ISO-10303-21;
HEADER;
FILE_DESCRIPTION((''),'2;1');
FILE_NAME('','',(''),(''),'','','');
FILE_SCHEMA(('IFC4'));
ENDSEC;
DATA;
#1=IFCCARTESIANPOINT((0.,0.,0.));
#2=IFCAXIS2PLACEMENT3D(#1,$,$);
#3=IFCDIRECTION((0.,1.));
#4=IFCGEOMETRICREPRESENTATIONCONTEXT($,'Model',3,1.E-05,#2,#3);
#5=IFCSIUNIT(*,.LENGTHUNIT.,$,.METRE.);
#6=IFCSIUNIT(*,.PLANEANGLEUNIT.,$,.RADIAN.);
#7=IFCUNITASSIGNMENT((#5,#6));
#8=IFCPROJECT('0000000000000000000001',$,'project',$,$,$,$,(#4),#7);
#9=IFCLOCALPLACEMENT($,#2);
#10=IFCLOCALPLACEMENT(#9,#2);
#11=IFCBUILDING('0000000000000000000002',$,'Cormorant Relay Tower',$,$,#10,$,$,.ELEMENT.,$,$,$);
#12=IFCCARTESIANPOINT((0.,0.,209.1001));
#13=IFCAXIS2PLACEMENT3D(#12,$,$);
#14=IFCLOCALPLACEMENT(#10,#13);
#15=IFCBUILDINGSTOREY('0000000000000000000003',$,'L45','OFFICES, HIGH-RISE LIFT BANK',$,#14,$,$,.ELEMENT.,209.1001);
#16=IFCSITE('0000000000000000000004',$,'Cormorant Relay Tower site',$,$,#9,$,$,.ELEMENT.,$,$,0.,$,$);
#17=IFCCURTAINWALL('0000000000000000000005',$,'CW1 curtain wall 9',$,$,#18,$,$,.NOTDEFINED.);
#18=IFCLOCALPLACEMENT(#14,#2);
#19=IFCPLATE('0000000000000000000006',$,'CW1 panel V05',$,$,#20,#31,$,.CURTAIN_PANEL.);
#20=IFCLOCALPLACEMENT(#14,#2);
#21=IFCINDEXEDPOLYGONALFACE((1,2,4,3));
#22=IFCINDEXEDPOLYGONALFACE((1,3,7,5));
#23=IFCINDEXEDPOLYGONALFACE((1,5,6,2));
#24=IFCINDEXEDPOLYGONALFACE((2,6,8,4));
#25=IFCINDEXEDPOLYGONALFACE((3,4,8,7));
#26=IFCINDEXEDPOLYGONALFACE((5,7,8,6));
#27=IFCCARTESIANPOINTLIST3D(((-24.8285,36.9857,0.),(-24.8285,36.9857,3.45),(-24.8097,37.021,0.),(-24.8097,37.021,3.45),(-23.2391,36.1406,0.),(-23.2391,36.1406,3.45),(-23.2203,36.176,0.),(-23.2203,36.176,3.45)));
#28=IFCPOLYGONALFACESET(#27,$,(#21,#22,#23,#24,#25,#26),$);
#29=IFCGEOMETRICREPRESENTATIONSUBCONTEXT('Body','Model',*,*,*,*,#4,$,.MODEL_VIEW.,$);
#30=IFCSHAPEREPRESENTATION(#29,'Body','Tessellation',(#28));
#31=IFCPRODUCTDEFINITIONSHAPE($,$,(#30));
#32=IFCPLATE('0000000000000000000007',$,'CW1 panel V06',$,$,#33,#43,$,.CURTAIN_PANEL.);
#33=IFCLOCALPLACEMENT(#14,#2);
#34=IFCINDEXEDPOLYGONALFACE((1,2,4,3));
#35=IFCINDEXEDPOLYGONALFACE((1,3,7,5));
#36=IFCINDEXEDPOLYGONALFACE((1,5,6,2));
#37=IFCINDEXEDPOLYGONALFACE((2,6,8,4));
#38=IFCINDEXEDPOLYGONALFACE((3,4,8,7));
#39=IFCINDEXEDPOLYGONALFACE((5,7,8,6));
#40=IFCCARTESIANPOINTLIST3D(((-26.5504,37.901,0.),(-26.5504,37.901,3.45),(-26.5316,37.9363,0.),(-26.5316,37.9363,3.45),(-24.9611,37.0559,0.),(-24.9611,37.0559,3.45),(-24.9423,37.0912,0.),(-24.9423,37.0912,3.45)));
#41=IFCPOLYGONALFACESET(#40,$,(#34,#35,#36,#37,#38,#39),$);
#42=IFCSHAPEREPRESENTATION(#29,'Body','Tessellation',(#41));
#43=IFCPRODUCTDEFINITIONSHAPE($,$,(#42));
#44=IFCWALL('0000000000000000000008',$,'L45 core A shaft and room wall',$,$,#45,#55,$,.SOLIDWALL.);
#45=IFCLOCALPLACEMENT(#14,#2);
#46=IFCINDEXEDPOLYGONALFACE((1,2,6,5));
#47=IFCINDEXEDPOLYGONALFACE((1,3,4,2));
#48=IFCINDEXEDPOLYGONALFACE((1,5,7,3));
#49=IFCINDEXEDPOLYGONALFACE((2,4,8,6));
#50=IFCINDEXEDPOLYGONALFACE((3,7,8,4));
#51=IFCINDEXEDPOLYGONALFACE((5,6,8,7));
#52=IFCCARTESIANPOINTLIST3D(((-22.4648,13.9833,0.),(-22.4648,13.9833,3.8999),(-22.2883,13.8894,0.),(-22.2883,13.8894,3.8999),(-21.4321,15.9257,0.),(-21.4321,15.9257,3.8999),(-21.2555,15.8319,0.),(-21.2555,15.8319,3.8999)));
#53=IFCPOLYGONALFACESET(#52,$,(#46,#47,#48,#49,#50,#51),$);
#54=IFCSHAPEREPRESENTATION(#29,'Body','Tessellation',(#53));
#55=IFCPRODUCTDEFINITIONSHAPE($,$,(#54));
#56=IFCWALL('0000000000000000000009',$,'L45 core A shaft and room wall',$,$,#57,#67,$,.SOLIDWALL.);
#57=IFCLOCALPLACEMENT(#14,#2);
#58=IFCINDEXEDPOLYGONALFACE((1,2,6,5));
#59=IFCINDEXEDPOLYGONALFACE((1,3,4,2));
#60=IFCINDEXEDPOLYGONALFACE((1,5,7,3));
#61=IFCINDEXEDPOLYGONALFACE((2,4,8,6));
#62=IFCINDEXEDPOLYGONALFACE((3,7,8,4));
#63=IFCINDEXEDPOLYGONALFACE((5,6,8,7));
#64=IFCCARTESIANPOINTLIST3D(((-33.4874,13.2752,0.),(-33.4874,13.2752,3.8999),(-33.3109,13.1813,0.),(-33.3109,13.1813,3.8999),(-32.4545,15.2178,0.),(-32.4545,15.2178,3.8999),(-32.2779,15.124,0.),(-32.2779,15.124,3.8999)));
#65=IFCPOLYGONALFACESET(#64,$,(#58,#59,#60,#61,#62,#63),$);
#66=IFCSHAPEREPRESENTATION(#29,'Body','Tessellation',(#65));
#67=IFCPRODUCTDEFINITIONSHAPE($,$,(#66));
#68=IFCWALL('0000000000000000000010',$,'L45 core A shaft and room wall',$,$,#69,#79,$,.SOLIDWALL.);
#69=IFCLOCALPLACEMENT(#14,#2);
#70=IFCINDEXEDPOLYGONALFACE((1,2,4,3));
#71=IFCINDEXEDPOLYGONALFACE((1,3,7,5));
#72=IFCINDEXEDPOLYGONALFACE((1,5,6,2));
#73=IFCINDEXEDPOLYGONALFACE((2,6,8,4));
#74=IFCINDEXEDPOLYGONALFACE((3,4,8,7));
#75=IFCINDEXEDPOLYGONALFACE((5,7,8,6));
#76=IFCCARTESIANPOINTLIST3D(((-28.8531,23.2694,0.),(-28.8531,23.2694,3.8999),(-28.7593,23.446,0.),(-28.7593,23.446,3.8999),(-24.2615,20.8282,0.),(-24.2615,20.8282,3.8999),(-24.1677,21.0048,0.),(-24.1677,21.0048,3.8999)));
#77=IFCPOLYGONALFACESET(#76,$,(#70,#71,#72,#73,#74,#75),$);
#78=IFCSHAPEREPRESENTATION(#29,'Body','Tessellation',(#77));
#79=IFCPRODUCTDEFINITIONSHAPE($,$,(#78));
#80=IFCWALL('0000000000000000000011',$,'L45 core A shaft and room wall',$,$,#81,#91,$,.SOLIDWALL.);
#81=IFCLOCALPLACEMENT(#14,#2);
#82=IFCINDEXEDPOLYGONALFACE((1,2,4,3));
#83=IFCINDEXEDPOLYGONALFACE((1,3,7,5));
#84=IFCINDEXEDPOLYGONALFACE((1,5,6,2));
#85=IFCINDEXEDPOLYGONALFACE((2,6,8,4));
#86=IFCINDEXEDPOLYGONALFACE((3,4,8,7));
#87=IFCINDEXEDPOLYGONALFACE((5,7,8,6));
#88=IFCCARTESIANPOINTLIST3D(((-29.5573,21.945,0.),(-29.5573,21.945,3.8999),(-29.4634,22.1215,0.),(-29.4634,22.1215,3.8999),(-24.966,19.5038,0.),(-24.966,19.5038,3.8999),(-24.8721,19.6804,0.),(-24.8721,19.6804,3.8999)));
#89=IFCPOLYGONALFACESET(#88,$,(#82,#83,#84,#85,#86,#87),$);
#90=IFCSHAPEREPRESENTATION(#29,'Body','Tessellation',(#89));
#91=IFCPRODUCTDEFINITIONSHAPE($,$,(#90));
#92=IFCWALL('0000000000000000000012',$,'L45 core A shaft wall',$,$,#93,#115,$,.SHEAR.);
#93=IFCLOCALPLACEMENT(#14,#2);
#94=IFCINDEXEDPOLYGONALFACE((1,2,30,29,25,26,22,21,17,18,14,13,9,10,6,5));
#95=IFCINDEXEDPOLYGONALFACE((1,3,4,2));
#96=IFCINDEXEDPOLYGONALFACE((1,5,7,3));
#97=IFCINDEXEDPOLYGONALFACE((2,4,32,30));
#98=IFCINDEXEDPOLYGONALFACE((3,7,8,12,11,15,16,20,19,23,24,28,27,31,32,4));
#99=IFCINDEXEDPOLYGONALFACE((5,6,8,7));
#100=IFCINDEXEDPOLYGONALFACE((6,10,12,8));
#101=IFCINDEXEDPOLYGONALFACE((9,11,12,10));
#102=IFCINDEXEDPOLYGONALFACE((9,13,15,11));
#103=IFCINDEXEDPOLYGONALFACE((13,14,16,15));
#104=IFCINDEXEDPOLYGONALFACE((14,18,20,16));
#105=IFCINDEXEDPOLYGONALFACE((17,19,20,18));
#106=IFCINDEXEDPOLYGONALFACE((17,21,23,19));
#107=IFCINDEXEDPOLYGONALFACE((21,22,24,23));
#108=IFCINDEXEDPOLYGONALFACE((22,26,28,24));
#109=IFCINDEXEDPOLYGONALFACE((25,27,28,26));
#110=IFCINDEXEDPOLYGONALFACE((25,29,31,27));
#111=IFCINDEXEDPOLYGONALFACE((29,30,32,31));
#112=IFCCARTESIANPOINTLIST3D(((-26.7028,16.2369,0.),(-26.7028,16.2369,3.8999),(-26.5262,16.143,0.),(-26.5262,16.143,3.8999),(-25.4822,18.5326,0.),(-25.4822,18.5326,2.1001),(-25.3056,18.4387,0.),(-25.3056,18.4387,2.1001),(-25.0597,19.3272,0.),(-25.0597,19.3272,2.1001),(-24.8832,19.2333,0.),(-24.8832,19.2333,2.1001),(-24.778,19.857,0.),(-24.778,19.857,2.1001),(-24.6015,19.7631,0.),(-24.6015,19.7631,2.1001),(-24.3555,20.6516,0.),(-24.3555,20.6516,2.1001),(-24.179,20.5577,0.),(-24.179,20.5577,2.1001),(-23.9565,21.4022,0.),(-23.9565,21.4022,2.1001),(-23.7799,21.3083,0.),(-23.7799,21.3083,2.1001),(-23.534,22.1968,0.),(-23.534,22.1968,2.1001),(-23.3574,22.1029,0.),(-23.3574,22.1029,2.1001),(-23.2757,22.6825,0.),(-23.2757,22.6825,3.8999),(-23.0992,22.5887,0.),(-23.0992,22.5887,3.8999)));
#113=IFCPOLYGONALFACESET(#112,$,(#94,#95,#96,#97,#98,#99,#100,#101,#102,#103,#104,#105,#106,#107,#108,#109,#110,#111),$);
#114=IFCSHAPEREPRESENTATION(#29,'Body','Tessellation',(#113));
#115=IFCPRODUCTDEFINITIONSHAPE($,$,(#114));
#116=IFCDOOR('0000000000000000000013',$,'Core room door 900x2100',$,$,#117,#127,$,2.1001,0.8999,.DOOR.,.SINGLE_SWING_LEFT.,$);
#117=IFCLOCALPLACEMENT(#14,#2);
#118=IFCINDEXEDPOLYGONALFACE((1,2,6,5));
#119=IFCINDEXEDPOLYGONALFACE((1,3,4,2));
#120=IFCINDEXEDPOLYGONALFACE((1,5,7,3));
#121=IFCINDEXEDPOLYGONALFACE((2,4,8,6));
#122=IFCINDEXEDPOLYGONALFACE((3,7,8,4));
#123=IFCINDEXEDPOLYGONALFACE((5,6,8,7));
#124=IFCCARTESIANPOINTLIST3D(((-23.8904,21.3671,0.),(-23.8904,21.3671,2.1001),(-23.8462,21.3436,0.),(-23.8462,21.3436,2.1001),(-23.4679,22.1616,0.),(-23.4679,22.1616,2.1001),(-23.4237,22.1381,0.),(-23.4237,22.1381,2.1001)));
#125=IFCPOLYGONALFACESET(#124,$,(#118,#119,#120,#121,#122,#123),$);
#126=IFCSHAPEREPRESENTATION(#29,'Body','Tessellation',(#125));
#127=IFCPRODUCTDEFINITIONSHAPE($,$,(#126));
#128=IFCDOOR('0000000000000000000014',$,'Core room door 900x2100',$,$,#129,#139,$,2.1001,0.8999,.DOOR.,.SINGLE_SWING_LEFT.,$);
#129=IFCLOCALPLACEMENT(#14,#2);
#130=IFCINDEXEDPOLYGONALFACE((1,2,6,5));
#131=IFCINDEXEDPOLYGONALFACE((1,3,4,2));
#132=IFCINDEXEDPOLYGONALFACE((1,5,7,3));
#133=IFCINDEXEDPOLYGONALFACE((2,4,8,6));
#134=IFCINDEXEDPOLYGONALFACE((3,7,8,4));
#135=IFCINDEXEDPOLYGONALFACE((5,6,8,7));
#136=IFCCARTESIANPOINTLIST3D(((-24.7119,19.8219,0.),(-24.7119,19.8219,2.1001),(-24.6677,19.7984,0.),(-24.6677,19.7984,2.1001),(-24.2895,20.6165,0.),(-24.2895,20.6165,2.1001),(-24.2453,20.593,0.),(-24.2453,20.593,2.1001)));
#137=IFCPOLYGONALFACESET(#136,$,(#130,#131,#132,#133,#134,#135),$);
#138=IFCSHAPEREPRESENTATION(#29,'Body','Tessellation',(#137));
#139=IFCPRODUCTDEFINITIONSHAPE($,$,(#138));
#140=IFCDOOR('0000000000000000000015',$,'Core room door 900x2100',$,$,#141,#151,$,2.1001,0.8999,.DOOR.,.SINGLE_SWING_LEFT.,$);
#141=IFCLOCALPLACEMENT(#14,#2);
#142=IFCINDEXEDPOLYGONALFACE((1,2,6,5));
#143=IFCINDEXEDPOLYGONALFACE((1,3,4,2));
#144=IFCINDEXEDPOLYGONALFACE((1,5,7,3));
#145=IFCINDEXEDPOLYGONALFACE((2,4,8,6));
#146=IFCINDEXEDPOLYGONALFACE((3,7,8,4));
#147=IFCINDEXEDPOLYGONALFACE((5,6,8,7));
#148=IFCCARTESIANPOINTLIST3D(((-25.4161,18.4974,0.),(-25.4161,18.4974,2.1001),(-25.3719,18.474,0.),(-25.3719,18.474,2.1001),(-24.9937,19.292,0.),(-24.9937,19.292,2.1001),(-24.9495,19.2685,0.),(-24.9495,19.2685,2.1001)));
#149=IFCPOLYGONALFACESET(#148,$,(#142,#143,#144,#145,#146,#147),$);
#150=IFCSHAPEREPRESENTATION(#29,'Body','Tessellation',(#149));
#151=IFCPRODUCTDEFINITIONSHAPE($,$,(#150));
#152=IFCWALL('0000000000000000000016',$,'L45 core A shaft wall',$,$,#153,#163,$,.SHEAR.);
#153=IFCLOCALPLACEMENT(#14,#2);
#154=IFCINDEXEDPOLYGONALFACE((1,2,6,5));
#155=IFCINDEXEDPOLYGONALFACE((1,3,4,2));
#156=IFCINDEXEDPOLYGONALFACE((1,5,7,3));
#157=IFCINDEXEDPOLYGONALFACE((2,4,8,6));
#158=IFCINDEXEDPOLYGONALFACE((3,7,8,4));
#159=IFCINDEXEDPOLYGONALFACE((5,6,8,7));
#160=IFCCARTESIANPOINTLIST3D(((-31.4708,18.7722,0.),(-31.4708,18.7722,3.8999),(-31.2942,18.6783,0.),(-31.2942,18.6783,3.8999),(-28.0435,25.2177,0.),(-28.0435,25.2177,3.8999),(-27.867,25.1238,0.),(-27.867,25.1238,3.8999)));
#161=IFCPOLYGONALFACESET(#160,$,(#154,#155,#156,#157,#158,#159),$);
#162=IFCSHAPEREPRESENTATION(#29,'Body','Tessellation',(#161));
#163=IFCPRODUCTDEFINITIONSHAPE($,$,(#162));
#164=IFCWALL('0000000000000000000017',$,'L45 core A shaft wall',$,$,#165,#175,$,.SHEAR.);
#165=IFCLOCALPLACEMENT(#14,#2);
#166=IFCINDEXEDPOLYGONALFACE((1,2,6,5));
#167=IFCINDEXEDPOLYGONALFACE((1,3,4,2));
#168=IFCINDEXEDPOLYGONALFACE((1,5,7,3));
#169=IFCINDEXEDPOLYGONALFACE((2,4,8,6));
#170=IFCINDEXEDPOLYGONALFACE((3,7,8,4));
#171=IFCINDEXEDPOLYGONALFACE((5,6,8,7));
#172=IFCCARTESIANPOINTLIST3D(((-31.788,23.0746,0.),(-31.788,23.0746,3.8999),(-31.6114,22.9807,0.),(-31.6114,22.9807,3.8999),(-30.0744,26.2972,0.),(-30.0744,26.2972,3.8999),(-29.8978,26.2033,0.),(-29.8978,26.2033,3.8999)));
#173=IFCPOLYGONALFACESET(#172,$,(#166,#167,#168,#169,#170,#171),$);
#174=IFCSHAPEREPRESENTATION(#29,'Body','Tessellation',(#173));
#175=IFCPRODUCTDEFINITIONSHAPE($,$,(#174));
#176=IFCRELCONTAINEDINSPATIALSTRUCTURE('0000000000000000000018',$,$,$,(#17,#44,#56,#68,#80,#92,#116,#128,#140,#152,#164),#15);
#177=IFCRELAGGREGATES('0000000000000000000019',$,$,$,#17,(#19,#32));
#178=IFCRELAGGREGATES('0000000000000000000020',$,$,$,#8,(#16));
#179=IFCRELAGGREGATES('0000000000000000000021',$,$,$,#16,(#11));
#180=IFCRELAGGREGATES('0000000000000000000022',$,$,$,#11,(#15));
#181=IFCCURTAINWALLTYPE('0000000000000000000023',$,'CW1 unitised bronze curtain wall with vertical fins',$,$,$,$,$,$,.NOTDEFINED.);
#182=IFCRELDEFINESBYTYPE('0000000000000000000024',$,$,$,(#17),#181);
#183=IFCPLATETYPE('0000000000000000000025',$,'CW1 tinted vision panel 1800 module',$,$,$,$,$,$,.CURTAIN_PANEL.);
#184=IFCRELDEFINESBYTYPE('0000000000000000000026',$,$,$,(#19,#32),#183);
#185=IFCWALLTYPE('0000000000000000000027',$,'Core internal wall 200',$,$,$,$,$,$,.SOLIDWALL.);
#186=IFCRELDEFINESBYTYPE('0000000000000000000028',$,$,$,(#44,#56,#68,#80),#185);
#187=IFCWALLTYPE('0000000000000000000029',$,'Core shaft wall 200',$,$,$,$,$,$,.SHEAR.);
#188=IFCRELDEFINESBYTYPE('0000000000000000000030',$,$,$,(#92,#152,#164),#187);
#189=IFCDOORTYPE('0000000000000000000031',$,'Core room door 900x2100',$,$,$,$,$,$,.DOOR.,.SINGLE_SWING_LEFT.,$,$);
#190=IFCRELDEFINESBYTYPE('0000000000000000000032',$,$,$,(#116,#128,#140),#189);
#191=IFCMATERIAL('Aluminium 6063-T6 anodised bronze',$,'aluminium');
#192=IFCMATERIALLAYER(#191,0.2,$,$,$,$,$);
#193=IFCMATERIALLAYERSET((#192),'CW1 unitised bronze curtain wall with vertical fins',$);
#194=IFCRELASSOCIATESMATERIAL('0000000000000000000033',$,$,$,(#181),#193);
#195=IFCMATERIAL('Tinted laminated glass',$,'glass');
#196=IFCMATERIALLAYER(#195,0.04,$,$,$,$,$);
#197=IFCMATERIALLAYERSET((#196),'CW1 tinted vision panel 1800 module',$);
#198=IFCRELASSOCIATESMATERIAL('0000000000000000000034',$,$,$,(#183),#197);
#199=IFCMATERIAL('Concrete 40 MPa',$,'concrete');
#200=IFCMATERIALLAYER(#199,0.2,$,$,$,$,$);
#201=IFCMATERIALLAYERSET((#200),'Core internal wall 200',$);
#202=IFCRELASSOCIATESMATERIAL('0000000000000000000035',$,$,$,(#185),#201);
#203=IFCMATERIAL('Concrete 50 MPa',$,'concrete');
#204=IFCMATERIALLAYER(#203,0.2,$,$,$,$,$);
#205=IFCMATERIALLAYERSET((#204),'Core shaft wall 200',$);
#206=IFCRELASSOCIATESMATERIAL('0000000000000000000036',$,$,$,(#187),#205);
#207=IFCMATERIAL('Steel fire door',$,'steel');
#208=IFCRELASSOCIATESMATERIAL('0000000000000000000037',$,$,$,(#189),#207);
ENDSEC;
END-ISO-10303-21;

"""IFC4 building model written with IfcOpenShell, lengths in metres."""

from ifc_helpers import new_model, si_unit, direction, frame, frame_2d, origin, origin_2d, place, context, subcontext, project, spatial, rectangle, extrude, material, layer, layer_set, type_object, element, fill, aggregate, save


model = new_model("IFC4")

# Units and contexts
model_context = context("Model", 3, precision=1e-05, world=origin(), true_north=direction((0.0, 1.0)))
body_context = subcontext(model_context, "Body", "Model", "MODEL_VIEW")
ifc_project = project(units=[si_unit("LENGTHUNIT", "METRE"), si_unit("PLANEANGLEUNIT", "RADIAN")], contexts=[model_context])

# Site, building, storey
site_placement = place(None, origin())
site = spatial("IfcSite", under=ifc_project, at=site_placement, Name="Cormorant Relay Tower site", CompositionType="ELEMENT", RefElevation=0.0)
building_placement = place(site_placement, origin())
building = spatial("IfcBuilding", under=site, at=building_placement, Name="Cormorant Relay Tower", CompositionType="ELEMENT")
storey_placement = place(building_placement, frame((0.0, 0.0, 209.1001)))
storey = spatial("IfcBuildingStorey", under=building, at=storey_placement, Name="L45", Description="OFFICES, HIGH-RISE LIFT BANK", CompositionType="ELEMENT", Elevation=209.1001)

# Curtain wall
ifc_material_1 = material(Name="Aluminium 6063-T6 anodised bronze", Category="aluminium")
ifc_layer_1 = layer(ifc_material_1, 0.2)
ifc_layer_set_1 = layer_set([ifc_layer_1], Name="CW1 unitised bronze curtain wall with vertical fins")
curtain_wall_type = type_object("IfcCurtainWallType", Name="CW1 unitised bronze curtain wall with vertical fins", PredefinedType="NOTDEFINED", material=ifc_layer_set_1)
curtain_wall_1_placement = place(storey_placement, origin())
curtain_wall_1 = element("IfcCurtainWall", 1, at=curtain_wall_1_placement, inside=storey, type_object=curtain_wall_type, Name="CW1 curtain wall 9", PredefinedType="NOTDEFINED")

# Plates
ifc_material_2 = material(Name="Tinted laminated glass", Category="glass")
ifc_layer_2 = layer(ifc_material_2, 0.04)
ifc_layer_set_2 = layer_set([ifc_layer_2], Name="CW1 tinted vision panel 1800 module")
plate_type = type_object("IfcPlateType", Name="CW1 tinted vision panel 1800 module", PredefinedType="CURTAIN_PANEL", material=ifc_layer_set_2)
plate_1_placement = place(storey_placement, frame((-24.0244, 36.5808, 0.0), z_axis=(0.0, 0.0, 1.0), x_axis=(-0.882948, 0.469472, 0.0)))
plate_1 = element("IfcPlate", 2, at=plate_1_placement, type_object=plate_type, Name="CW1 panel V05", PredefinedType="CURTAIN_PANEL", context=body_context, shape_type="SweptSolid", body=[
    extrude(rectangle(XDim=1.8, YDim=0.04, at=origin_2d()), origin(), (0.0, 0.0, 1.0), 3.45),
])
plate_2_placement = place(storey_placement, frame((-25.7463, 37.4961, 0.0), z_axis=(0.0, 0.0, 1.0), x_axis=(-0.882948, 0.469472, 0.0)))
plate_2 = element("IfcPlate", 3, at=plate_2_placement, type_object=plate_type, Name="CW1 panel V06", PredefinedType="CURTAIN_PANEL", context=body_context, shape_type="SweptSolid", body=[
    extrude(rectangle(XDim=1.8, YDim=0.04, at=origin_2d()), origin(), (0.0, 0.0, 1.0), 3.45),
])

# Walls
ifc_material_3 = material(Name="Concrete 40 MPa", Category="concrete")
ifc_layer_3 = layer(ifc_material_3, 0.2)
ifc_layer_set_3 = layer_set([ifc_layer_3], Name="Core internal wall 200")
wall_type_1 = type_object("IfcWallType", Name="Core internal wall 200", PredefinedType="SOLIDWALL", material=ifc_layer_set_3)
wall_1_placement = place(storey_placement, frame((-21.3438, 15.8789, 0.0), z_axis=(0.0, 0.0, 1.0), x_axis=(-0.469447, -0.88296, 0.0)))
element("IfcWall", 4, at=wall_1_placement, inside=storey, type_object=wall_type_1, Name="L45 core A shaft and room wall", PredefinedType="SOLIDWALL", context=body_context, shape_type="SweptSolid", body=[
    extrude(rectangle(XDim=2.2, YDim=0.2, at=frame_2d((1.1001, 0.0))), origin(), (0.0, 0.0, 1.0), 3.8999),
])
wall_2_placement = place(storey_placement, frame((-32.3662, 15.1709, 0.0), z_axis=(0.0, 0.0, 1.0), x_axis=(-0.469488, -0.882939, 0.0)))
element("IfcWall", 5, at=wall_2_placement, inside=storey, type_object=wall_type_1, Name="L45 core A shaft and room wall", PredefinedType="SOLIDWALL", context=body_context, shape_type="SweptSolid", body=[
    extrude(rectangle(XDim=2.2002, YDim=0.2, at=frame_2d((1.1001, 0.0))), origin(), (0.0, 0.0, 1.0), 3.8999),
])
wall_3_placement = place(storey_placement, frame((-24.2146, 20.9165, 0.0), z_axis=(0.0, 0.0, 1.0), x_axis=(-0.882964, 0.46944, 0.0)))
element("IfcWall", 6, at=wall_3_placement, inside=storey, type_object=wall_type_1, Name="L45 core A shaft and room wall", PredefinedType="SOLIDWALL", context=body_context, shape_type="SweptSolid", body=[
    extrude(rectangle(XDim=5.2002, YDim=0.2, at=frame_2d((2.6001, 0.0))), origin(), (0.0, 0.0, 1.0), 3.8999),
])
wall_4_placement = place(storey_placement, frame((-24.9189, 19.592, 0.0), z_axis=(0.0, 0.0, 1.0), x_axis=(-0.882954, 0.46946, 0.0)))
element("IfcWall", 7, at=wall_4_placement, inside=storey, type_object=wall_type_1, Name="L45 core A shaft and room wall", PredefinedType="SOLIDWALL", context=body_context, shape_type="SweptSolid", body=[
    extrude(rectangle(XDim=5.2, YDim=0.2, at=frame_2d((2.6001, 0.0))), origin(), (0.0, 0.0, 1.0), 3.8999),
])

# Wall, openings, doors
ifc_material_4 = material(Name="Concrete 50 MPa", Category="concrete")
ifc_layer_4 = layer(ifc_material_4, 0.2)
ifc_layer_set_4 = layer_set([ifc_layer_4], Name="Core shaft wall 200")
wall_type_2 = type_object("IfcWallType", Name="Core shaft wall 200", PredefinedType="SHEAR", material=ifc_layer_set_4)
wall_5_placement = place(storey_placement, frame((-23.1875, 22.6355, 0.0), z_axis=(0.0, 0.0, 1.0), x_axis=(-0.469454, -0.882957, 0.0)))
wall_5 = element("IfcWall", 8, at=wall_5_placement, inside=storey, type_object=wall_type_2, Name="L45 core A shaft wall", PredefinedType="SHEAR", context=body_context, shape_type="SweptSolid", body=[
    extrude(rectangle(XDim=7.3, YDim=0.2, at=frame_2d((3.6499, 0.0))), origin(), (0.0, 0.0, 1.0), 3.8999),
])
opening_1_placement = place(wall_5_placement, frame((0.55, 0.0, 0.0)))
opening_1 = element("IfcOpeningElement", 9, at=opening_1_placement, cuts=wall_5, PredefinedType="OPENING", context=body_context, shape_type="SweptSolid", body=[
    extrude(rectangle(XDim=0.8999, YDim=2.1001, at=frame_2d((0.45, 1.05))), frame((0.0, 0.1099, 0.0), z_axis=(0.0, -1.0, 0.0), x_axis=(1.0, 0.0, 0.0)), (0.0, 0.0, 1.0), 0.22),
])
opening_2_placement = place(wall_5_placement, frame((2.3, 0.0, 0.0)))
opening_2 = element("IfcOpeningElement", 10, at=opening_2_placement, cuts=wall_5, PredefinedType="OPENING", context=body_context, shape_type="SweptSolid", body=[
    extrude(rectangle(XDim=0.8999, YDim=2.1001, at=frame_2d((0.45, 1.05))), frame((0.0, 0.1099, 0.0), z_axis=(0.0, -1.0, 0.0), x_axis=(1.0, 0.0, 0.0)), (0.0, 0.0, 1.0), 0.22),
])
opening_3_placement = place(wall_5_placement, frame((3.8, 0.0, 0.0)))
opening_3 = element("IfcOpeningElement", 11, at=opening_3_placement, cuts=wall_5, PredefinedType="OPENING", context=body_context, shape_type="SweptSolid", body=[
    extrude(rectangle(XDim=0.8999, YDim=2.1001, at=frame_2d((0.45, 1.05))), frame((0.0, 0.1099, 0.0), z_axis=(0.0, -1.0, 0.0), x_axis=(1.0, 0.0, 0.0)), (0.0, 0.0, 1.0), 0.22),
])
ifc_material_5 = material(Name="Steel fire door", Category="steel")
door_type_1 = type_object("IfcDoorType", Name="Core room door 900x2100", OperationType="SINGLE_SWING_LEFT", PredefinedType="DOOR", material=ifc_material_5)
door_1_placement = place(opening_1_placement, origin())
door_1 = element("IfcDoor", 12, at=door_1_placement, inside=storey, type_object=door_type_1, Name="Core room door 900x2100", OperationType="SINGLE_SWING_LEFT", OverallHeight=2.1001, OverallWidth=0.8999, PredefinedType="DOOR", context=body_context, shape_type="SweptSolid", body=[
    extrude(rectangle(XDim=0.8999, YDim=2.1001, at=frame_2d((0.45, 1.05))), frame((0.0, 0.0249, 0.0), z_axis=(0.0, -1.0, 0.0), x_axis=(1.0, 0.0, 0.0)), (0.0, 0.0, 1.0), 0.05),
])
fill(opening_1, door_1)
door_2_placement = place(opening_2_placement, origin())
door_2 = element("IfcDoor", 13, at=door_2_placement, inside=storey, type_object=door_type_1, Name="Core room door 900x2100", OperationType="SINGLE_SWING_LEFT", OverallHeight=2.1001, OverallWidth=0.8999, PredefinedType="DOOR", context=body_context, shape_type="SweptSolid", body=[
    extrude(rectangle(XDim=0.8999, YDim=2.1001, at=frame_2d((0.45, 1.05))), frame((0.0, 0.0249, 0.0), z_axis=(0.0, -1.0, 0.0), x_axis=(1.0, 0.0, 0.0)), (0.0, 0.0, 1.0), 0.05),
])
fill(opening_2, door_2)
door_3_placement = place(opening_3_placement, origin())
door_3 = element("IfcDoor", 14, at=door_3_placement, inside=storey, type_object=door_type_1, Name="Core room door 900x2100", OperationType="SINGLE_SWING_LEFT", OverallHeight=2.1001, OverallWidth=0.8999, PredefinedType="DOOR", context=body_context, shape_type="SweptSolid", body=[
    extrude(rectangle(XDim=0.8999, YDim=2.1001, at=frame_2d((0.45, 1.05))), frame((0.0, 0.0249, 0.0), z_axis=(0.0, -1.0, 0.0), x_axis=(1.0, 0.0, 0.0)), (0.0, 0.0, 1.0), 0.05),
])
fill(opening_3, door_3)

# Walls
wall_6_placement = place(storey_placement, frame((-27.9553, 25.1707, 0.0), z_axis=(0.0, 0.0, 1.0), x_axis=(-0.46948, -0.882943, 0.0)))
element("IfcWall", 15, at=wall_6_placement, inside=storey, type_object=wall_type_2, Name="L45 core A shaft wall", PredefinedType="SHEAR", context=body_context, shape_type="SweptSolid", body=[
    extrude(rectangle(XDim=7.3, YDim=0.2, at=frame_2d((3.6499, 0.0))), origin(), (0.0, 0.0, 1.0), 3.8999),
])
wall_7_placement = place(storey_placement, frame((-29.9861, 26.2502, 0.0), z_axis=(0.0, 0.0, 1.0), x_axis=(-0.469494, -0.882936, 0.0)))
element("IfcWall", 16, at=wall_7_placement, inside=storey, type_object=wall_type_2, Name="L45 core A shaft wall", PredefinedType="SHEAR", context=body_context, shape_type="SweptSolid", body=[
    extrude(rectangle(XDim=3.6499, YDim=0.2, at=frame_2d((1.825, 0.0))), origin(), (0.0, 0.0, 1.0), 3.8999),
])

aggregate(curtain_wall_1, [plate_1, plate_2])

save(model, "model.ifc")
